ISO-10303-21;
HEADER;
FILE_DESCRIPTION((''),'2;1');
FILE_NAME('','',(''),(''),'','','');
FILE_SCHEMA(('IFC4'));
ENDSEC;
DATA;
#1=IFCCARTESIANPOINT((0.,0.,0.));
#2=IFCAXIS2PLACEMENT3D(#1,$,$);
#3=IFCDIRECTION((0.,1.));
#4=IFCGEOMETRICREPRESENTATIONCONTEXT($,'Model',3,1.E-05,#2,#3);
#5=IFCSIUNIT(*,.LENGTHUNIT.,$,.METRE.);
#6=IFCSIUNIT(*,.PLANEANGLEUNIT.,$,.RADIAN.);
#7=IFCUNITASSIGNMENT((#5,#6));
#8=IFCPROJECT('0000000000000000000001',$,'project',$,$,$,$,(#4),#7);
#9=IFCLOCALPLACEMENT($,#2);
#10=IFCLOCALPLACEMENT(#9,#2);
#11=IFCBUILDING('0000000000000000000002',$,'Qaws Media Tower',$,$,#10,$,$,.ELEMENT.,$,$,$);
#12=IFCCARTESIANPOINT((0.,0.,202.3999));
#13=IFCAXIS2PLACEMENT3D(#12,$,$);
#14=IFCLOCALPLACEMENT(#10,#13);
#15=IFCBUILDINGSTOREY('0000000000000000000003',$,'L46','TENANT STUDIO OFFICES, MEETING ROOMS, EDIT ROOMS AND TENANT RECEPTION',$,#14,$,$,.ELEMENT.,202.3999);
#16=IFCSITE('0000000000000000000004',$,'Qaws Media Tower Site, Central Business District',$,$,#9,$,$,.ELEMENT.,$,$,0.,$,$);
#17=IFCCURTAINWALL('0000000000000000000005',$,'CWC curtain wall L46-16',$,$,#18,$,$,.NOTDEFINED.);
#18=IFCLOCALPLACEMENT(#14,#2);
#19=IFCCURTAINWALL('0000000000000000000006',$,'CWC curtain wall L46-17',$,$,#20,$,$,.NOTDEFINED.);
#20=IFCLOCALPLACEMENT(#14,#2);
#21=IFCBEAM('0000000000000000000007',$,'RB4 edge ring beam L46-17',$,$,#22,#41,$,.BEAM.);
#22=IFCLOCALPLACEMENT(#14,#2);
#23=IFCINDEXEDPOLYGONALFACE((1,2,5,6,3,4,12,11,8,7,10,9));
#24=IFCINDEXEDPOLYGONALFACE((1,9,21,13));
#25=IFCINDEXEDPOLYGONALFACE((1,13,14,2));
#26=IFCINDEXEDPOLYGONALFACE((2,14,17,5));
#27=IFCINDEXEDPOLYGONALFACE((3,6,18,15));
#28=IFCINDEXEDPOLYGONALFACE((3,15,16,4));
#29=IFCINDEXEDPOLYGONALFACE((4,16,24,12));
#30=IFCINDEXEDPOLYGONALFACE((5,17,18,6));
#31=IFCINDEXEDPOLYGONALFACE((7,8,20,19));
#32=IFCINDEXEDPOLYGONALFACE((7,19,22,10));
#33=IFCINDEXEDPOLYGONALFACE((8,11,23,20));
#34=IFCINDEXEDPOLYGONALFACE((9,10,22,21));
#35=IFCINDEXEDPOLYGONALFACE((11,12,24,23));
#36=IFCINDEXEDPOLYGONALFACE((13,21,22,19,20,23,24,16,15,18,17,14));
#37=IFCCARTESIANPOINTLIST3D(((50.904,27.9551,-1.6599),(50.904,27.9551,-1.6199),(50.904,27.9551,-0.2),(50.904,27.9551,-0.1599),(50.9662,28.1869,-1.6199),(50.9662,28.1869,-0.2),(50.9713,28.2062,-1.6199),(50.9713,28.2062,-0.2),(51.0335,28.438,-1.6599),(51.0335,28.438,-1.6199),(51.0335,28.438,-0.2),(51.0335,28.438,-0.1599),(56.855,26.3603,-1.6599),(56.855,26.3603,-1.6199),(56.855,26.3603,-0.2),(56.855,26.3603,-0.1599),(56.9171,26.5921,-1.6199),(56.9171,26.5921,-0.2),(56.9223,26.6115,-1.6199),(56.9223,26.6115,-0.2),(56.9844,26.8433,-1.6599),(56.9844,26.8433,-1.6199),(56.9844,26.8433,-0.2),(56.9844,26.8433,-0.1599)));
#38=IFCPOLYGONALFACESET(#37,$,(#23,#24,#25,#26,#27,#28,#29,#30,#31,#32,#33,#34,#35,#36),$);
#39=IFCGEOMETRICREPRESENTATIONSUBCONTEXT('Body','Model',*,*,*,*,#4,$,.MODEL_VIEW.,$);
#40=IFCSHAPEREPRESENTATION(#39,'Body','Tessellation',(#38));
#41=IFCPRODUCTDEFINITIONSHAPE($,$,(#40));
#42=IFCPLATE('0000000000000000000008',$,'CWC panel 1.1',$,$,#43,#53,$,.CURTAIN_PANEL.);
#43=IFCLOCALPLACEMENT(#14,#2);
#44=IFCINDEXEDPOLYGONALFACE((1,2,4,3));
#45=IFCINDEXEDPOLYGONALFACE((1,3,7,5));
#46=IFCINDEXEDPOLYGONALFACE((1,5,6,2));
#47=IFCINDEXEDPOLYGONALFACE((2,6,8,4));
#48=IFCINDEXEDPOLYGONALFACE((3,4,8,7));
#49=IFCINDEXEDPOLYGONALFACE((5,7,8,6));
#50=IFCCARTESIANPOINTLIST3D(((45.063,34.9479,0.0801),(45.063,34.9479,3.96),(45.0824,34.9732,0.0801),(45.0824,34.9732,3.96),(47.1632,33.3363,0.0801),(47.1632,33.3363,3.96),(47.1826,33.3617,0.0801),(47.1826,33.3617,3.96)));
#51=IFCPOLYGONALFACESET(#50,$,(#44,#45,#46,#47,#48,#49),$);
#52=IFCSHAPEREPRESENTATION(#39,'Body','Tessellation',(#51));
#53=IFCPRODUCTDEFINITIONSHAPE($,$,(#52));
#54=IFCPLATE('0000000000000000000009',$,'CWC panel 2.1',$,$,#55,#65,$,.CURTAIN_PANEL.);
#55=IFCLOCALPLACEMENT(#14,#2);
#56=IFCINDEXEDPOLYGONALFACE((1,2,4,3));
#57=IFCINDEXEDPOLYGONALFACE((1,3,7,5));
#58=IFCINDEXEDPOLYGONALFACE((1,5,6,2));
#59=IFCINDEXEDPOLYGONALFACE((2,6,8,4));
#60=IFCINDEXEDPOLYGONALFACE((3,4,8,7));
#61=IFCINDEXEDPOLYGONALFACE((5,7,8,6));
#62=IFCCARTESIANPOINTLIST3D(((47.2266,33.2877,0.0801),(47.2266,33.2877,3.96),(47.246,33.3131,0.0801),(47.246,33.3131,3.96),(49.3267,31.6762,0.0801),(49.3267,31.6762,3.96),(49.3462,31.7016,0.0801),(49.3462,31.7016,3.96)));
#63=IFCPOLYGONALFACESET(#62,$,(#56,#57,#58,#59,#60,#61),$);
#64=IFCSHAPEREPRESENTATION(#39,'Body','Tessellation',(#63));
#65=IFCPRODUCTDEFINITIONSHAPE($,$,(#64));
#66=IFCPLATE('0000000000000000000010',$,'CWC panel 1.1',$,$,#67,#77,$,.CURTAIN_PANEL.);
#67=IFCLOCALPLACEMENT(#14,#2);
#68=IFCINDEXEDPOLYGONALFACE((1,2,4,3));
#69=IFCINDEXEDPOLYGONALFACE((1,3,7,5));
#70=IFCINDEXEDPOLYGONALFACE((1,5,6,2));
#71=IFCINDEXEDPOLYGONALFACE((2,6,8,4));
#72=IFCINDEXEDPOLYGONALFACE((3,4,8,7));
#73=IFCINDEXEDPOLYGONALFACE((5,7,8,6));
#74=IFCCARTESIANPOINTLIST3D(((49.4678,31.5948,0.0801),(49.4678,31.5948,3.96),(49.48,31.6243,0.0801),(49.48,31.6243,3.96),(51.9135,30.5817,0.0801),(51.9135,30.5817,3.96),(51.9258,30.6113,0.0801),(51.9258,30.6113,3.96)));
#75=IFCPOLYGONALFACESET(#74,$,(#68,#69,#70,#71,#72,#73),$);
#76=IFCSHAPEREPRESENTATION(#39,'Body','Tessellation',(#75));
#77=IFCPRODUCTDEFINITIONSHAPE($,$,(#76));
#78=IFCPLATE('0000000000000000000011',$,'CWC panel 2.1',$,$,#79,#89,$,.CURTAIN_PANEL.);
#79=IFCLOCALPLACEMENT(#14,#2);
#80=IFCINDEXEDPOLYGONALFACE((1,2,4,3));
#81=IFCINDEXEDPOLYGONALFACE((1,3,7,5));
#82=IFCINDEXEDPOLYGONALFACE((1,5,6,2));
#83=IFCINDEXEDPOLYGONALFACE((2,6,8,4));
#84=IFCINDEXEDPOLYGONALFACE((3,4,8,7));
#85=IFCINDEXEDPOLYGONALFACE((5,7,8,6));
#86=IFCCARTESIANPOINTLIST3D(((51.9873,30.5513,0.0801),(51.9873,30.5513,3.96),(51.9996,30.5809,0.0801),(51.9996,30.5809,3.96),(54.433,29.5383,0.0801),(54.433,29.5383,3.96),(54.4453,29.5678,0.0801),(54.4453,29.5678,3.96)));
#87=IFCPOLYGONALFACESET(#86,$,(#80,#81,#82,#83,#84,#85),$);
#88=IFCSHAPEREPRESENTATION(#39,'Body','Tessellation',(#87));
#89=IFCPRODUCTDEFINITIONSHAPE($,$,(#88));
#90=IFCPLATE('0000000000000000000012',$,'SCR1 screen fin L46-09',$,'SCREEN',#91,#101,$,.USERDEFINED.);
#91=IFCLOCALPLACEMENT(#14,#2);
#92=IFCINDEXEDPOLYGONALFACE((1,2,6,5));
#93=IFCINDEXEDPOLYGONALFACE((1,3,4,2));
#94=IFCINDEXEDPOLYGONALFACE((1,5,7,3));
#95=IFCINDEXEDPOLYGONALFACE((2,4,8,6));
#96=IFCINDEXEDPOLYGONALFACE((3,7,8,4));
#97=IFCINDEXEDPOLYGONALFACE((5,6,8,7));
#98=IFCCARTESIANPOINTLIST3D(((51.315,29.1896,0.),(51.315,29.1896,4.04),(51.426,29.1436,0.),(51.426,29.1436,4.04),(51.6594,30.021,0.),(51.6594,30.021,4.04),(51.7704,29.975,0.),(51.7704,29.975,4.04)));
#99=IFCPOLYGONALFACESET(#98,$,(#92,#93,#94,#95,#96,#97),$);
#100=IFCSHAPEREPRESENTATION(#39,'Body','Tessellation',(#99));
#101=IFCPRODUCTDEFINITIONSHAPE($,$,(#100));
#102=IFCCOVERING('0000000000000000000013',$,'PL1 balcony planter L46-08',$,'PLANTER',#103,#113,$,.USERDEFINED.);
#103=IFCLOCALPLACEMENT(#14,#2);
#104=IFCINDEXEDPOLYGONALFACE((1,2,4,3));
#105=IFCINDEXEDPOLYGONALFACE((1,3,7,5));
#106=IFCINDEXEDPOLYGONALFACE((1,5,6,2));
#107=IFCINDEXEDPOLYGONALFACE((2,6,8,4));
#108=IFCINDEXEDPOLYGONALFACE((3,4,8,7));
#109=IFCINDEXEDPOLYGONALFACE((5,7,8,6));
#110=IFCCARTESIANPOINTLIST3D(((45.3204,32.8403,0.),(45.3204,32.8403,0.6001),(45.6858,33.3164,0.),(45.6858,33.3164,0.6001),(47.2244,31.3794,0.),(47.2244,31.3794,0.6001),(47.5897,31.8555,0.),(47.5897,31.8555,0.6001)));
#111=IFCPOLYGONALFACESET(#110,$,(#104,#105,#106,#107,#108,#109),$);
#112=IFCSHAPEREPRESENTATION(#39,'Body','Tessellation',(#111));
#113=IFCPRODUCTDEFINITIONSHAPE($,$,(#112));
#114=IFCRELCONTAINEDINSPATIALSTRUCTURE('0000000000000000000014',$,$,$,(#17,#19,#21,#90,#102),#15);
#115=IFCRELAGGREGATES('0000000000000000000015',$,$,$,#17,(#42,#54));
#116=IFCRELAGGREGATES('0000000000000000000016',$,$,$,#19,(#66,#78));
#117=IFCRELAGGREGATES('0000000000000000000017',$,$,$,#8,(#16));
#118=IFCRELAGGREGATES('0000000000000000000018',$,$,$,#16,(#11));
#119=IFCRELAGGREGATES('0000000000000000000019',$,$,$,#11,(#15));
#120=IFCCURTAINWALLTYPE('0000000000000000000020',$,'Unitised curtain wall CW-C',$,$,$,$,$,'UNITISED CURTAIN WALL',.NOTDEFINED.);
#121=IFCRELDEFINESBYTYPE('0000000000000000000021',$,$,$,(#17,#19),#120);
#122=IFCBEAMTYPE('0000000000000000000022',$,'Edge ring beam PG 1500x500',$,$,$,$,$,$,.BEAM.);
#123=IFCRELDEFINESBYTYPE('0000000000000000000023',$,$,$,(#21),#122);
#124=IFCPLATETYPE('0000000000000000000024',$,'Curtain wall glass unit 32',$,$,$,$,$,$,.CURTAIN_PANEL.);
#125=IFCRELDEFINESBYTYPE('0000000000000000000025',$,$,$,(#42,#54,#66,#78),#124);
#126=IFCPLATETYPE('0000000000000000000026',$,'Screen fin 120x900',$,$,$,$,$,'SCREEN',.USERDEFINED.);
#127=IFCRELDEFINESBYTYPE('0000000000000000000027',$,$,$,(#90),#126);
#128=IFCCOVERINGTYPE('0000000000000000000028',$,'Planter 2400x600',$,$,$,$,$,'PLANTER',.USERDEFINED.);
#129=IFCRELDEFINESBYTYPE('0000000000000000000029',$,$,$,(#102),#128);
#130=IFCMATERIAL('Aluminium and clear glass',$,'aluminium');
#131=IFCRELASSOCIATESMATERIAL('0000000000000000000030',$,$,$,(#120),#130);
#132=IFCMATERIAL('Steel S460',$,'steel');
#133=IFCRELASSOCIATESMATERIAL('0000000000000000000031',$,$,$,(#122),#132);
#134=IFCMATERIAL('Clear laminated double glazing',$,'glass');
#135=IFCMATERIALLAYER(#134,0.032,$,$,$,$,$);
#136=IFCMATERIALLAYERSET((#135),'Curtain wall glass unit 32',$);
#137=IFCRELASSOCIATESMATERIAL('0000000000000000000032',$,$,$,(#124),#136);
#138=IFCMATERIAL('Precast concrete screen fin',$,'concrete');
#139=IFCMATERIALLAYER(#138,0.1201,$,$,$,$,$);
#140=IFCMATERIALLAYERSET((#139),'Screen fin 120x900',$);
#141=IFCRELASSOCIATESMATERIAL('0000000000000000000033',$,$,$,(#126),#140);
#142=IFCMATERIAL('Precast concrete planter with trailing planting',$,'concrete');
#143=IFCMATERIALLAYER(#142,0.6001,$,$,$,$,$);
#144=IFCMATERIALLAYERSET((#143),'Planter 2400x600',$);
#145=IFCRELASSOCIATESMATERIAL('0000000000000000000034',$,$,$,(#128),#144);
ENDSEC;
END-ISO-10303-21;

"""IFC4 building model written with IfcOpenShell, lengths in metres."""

from ifc_helpers import new_model, si_unit, direction, frame, origin, origin_2d, place, context, subcontext, project, spatial, rectangle, i_section, extrude, material, layer, layer_set, material_profile, profile_set, type_object, element, aggregate, save


model = new_model("IFC4")

# Units and contexts
model_context = context("Model", 3, precision=1e-05, world=origin(), true_north=direction((0.0, 1.0)))
body_context = subcontext(model_context, "Body", "Model", "MODEL_VIEW")
ifc_project = project(units=[si_unit("LENGTHUNIT", "METRE"), si_unit("PLANEANGLEUNIT", "RADIAN")], contexts=[model_context])

# Site, building, storey
site_placement = place(None, origin())
site = spatial("IfcSite", under=ifc_project, at=site_placement, Name="Qaws Media Tower Site, Central Business District", CompositionType="ELEMENT", RefElevation=0.0)
building_placement = place(site_placement, origin())
building = spatial("IfcBuilding", under=site, at=building_placement, Name="Qaws Media Tower", CompositionType="ELEMENT")
storey_placement = place(building_placement, frame((0.0, 0.0, 202.3999)))
storey = spatial("IfcBuildingStorey", under=building, at=storey_placement, Name="L46", Description="TENANT STUDIO OFFICES, MEETING ROOMS, EDIT ROOMS AND TENANT RECEPTION", CompositionType="ELEMENT", Elevation=202.3999)

# Curtain walls
ifc_material_1 = material(Name="Aluminium and clear glass", Category="aluminium")
curtain_wall_type = type_object("IfcCurtainWallType", Name="Unitised curtain wall CW-C", ElementType="UNITISED CURTAIN WALL", PredefinedType="NOTDEFINED", material=ifc_material_1)
curtain_wall_1_placement = place(storey_placement, origin())
curtain_wall_1 = element("IfcCurtainWall", 1, at=curtain_wall_1_placement, inside=storey, type_object=curtain_wall_type, Name="CWC curtain wall L46-16", PredefinedType="NOTDEFINED")
curtain_wall_2_placement = place(storey_placement, origin())
curtain_wall_2 = element("IfcCurtainWall", 2, at=curtain_wall_2_placement, inside=storey, type_object=curtain_wall_type, Name="CWC curtain wall L46-17", PredefinedType="NOTDEFINED")

# Beam
ifc_material_2 = material(Name="Steel S460", Category="steel")
ifc_material_profile_1 = material_profile(ifc_material_2, i_section(OverallWidth=0.5, OverallDepth=1.5, WebThickness=0.02, FlangeThickness=0.04, at=origin_2d()), Name="PG 1500x500")
ifc_profile_set_1 = profile_set([ifc_material_profile_1], Name="Steel S460")
beam_type = type_object("IfcBeamType", Name="Edge ring beam PG 1500x500", PredefinedType="BEAM", material=ifc_profile_set_1)
for number, where, z_axis, x_axis, name in (
    (3, (50.9688, 28.1965, -0.9099), (0.965919, -0.258846, 0.0), (0.258846, 0.965919, 0.0), "RB4 edge ring beam L46-17"),
):
    element("IfcBeam", number, at=place(storey_placement, frame(where, z_axis=z_axis, x_axis=x_axis)), inside=storey, type_object=beam_type, Name=name, PredefinedType="BEAM", context=body_context, shape_type="SweptSolid", body=[
        extrude(i_section(OverallWidth=0.5, OverallDepth=1.5, WebThickness=0.02, FlangeThickness=0.04, at=origin_2d()), origin(), (0.0, 0.0, 1.0), 6.1609),
    ])

# Plates
ifc_material_3 = material(Name="Clear laminated double glazing", Category="glass")
ifc_layer_1 = layer(ifc_material_3, 0.032)
ifc_layer_set_1 = layer_set([ifc_layer_1], Name="Curtain wall glass unit 32")
plate_type_1 = type_object("IfcPlateType", Name="Curtain wall glass unit 32", PredefinedType="CURTAIN_PANEL", material=ifc_layer_set_1)
plate_1_placement = place(storey_placement, frame((46.1228, 34.1548, 0.0801), z_axis=(0.0, 0.0, 1.0), x_axis=(0.793353, -0.608761, 0.0)))
plate_1 = element("IfcPlate", 4, at=plate_1_placement, type_object=plate_type_1, Name="CWC panel 1.1", PredefinedType="CURTAIN_PANEL", context=body_context, shape_type="SweptSolid", body=[
    extrude(rectangle(XDim=2.6472, YDim=0.032, at=origin_2d()), origin(), (0.0, 0.0, 1.0), 3.8799),
])
plate_2_placement = place(storey_placement, frame((48.2864, 32.4946, 0.0801), z_axis=(0.0, 0.0, 1.0), x_axis=(0.793353, -0.608761, 0.0)))
plate_2 = element("IfcPlate", 5, at=plate_2_placement, type_object=plate_type_1, Name="CWC panel 2.1", PredefinedType="CURTAIN_PANEL", context=body_context, shape_type="SweptSolid", body=[
    extrude(rectangle(XDim=2.6472, YDim=0.032, at=origin_2d()), origin(), (0.0, 0.0, 1.0), 3.8799),
])
aggregate(curtain_wall_1, [plate_1, plate_2])
plate_3_placement = place(storey_placement, frame((50.6968, 31.103, 0.0801), z_axis=(0.0, 0.0, 1.0), x_axis=(0.92388, -0.382683, 0.0)))
plate_3 = element("IfcPlate", 6, at=plate_3_placement, type_object=plate_type_1, Name="CWC panel 1.1", PredefinedType="CURTAIN_PANEL", context=body_context, shape_type="SweptSolid", body=[
    extrude(rectangle(XDim=2.6472, YDim=0.032, at=origin_2d()), origin(), (0.0, 0.0, 1.0), 3.8799),
])
plate_4_placement = place(storey_placement, frame((53.2163, 30.0596, 0.0801), z_axis=(0.0, 0.0, 1.0), x_axis=(0.92388, -0.382683, 0.0)))
plate_4 = element("IfcPlate", 7, at=plate_4_placement, type_object=plate_type_1, Name="CWC panel 2.1", PredefinedType="CURTAIN_PANEL", context=body_context, shape_type="SweptSolid", body=[
    extrude(rectangle(XDim=2.6472, YDim=0.032, at=origin_2d()), origin(), (0.0, 0.0, 1.0), 3.8799),
])
aggregate(curtain_wall_2, [plate_3, plate_4])
ifc_material_4 = material(Name="Precast concrete screen fin", Category="concrete")
ifc_layer_2 = layer(ifc_material_4, 0.1201)
ifc_layer_set_2 = layer_set([ifc_layer_2], Name="Screen fin 120x900")
plate_type_2 = type_object("IfcPlateType", Name="Screen fin 120x900", ElementType="SCREEN", PredefinedType="USERDEFINED", material=ifc_layer_set_2)
plate_5_placement = place(storey_placement, frame((51.5427, 29.5823, 0.0), z_axis=(0.0, 0.0, 1.0), x_axis=(-0.382683, -0.92388, 0.0)))
element("IfcPlate", 8, at=plate_5_placement, inside=storey, type_object=plate_type_2, Name="SCR1 screen fin L46-09", ObjectType="SCREEN", PredefinedType="USERDEFINED", context=body_context, shape_type="SweptSolid", body=[
    extrude(rectangle(XDim=0.8999, YDim=0.1201, at=origin_2d()), origin(), (0.0, 0.0, 1.0), 4.04),
])

# Covering
ifc_material_5 = material(Name="Precast concrete planter with trailing planting", Category="concrete")
ifc_layer_3 = layer(ifc_material_5, 0.6001)
ifc_layer_set_3 = layer_set([ifc_layer_3], Name="Planter 2400x600")
covering_type = type_object("IfcCoveringType", Name="Planter 2400x600", ElementType="PLANTER", PredefinedType="USERDEFINED", material=ifc_layer_set_3)
covering_placement = place(storey_placement, frame((46.4551, 32.3479, 0.0), z_axis=(0.0, 0.0, 1.0), x_axis=(0.793353, -0.608761, 0.0)))
element("IfcCovering", 9, at=covering_placement, inside=storey, type_object=covering_type, Name="PL1 balcony planter L46-08", ObjectType="PLANTER", PredefinedType="USERDEFINED", context=body_context, shape_type="SweptSolid", body=[
    extrude(rectangle(XDim=2.3999, YDim=0.6001, at=origin_2d()), origin(), (0.0, 0.0, 1.0), 0.6001),
])

save(model, "model.ifc")
